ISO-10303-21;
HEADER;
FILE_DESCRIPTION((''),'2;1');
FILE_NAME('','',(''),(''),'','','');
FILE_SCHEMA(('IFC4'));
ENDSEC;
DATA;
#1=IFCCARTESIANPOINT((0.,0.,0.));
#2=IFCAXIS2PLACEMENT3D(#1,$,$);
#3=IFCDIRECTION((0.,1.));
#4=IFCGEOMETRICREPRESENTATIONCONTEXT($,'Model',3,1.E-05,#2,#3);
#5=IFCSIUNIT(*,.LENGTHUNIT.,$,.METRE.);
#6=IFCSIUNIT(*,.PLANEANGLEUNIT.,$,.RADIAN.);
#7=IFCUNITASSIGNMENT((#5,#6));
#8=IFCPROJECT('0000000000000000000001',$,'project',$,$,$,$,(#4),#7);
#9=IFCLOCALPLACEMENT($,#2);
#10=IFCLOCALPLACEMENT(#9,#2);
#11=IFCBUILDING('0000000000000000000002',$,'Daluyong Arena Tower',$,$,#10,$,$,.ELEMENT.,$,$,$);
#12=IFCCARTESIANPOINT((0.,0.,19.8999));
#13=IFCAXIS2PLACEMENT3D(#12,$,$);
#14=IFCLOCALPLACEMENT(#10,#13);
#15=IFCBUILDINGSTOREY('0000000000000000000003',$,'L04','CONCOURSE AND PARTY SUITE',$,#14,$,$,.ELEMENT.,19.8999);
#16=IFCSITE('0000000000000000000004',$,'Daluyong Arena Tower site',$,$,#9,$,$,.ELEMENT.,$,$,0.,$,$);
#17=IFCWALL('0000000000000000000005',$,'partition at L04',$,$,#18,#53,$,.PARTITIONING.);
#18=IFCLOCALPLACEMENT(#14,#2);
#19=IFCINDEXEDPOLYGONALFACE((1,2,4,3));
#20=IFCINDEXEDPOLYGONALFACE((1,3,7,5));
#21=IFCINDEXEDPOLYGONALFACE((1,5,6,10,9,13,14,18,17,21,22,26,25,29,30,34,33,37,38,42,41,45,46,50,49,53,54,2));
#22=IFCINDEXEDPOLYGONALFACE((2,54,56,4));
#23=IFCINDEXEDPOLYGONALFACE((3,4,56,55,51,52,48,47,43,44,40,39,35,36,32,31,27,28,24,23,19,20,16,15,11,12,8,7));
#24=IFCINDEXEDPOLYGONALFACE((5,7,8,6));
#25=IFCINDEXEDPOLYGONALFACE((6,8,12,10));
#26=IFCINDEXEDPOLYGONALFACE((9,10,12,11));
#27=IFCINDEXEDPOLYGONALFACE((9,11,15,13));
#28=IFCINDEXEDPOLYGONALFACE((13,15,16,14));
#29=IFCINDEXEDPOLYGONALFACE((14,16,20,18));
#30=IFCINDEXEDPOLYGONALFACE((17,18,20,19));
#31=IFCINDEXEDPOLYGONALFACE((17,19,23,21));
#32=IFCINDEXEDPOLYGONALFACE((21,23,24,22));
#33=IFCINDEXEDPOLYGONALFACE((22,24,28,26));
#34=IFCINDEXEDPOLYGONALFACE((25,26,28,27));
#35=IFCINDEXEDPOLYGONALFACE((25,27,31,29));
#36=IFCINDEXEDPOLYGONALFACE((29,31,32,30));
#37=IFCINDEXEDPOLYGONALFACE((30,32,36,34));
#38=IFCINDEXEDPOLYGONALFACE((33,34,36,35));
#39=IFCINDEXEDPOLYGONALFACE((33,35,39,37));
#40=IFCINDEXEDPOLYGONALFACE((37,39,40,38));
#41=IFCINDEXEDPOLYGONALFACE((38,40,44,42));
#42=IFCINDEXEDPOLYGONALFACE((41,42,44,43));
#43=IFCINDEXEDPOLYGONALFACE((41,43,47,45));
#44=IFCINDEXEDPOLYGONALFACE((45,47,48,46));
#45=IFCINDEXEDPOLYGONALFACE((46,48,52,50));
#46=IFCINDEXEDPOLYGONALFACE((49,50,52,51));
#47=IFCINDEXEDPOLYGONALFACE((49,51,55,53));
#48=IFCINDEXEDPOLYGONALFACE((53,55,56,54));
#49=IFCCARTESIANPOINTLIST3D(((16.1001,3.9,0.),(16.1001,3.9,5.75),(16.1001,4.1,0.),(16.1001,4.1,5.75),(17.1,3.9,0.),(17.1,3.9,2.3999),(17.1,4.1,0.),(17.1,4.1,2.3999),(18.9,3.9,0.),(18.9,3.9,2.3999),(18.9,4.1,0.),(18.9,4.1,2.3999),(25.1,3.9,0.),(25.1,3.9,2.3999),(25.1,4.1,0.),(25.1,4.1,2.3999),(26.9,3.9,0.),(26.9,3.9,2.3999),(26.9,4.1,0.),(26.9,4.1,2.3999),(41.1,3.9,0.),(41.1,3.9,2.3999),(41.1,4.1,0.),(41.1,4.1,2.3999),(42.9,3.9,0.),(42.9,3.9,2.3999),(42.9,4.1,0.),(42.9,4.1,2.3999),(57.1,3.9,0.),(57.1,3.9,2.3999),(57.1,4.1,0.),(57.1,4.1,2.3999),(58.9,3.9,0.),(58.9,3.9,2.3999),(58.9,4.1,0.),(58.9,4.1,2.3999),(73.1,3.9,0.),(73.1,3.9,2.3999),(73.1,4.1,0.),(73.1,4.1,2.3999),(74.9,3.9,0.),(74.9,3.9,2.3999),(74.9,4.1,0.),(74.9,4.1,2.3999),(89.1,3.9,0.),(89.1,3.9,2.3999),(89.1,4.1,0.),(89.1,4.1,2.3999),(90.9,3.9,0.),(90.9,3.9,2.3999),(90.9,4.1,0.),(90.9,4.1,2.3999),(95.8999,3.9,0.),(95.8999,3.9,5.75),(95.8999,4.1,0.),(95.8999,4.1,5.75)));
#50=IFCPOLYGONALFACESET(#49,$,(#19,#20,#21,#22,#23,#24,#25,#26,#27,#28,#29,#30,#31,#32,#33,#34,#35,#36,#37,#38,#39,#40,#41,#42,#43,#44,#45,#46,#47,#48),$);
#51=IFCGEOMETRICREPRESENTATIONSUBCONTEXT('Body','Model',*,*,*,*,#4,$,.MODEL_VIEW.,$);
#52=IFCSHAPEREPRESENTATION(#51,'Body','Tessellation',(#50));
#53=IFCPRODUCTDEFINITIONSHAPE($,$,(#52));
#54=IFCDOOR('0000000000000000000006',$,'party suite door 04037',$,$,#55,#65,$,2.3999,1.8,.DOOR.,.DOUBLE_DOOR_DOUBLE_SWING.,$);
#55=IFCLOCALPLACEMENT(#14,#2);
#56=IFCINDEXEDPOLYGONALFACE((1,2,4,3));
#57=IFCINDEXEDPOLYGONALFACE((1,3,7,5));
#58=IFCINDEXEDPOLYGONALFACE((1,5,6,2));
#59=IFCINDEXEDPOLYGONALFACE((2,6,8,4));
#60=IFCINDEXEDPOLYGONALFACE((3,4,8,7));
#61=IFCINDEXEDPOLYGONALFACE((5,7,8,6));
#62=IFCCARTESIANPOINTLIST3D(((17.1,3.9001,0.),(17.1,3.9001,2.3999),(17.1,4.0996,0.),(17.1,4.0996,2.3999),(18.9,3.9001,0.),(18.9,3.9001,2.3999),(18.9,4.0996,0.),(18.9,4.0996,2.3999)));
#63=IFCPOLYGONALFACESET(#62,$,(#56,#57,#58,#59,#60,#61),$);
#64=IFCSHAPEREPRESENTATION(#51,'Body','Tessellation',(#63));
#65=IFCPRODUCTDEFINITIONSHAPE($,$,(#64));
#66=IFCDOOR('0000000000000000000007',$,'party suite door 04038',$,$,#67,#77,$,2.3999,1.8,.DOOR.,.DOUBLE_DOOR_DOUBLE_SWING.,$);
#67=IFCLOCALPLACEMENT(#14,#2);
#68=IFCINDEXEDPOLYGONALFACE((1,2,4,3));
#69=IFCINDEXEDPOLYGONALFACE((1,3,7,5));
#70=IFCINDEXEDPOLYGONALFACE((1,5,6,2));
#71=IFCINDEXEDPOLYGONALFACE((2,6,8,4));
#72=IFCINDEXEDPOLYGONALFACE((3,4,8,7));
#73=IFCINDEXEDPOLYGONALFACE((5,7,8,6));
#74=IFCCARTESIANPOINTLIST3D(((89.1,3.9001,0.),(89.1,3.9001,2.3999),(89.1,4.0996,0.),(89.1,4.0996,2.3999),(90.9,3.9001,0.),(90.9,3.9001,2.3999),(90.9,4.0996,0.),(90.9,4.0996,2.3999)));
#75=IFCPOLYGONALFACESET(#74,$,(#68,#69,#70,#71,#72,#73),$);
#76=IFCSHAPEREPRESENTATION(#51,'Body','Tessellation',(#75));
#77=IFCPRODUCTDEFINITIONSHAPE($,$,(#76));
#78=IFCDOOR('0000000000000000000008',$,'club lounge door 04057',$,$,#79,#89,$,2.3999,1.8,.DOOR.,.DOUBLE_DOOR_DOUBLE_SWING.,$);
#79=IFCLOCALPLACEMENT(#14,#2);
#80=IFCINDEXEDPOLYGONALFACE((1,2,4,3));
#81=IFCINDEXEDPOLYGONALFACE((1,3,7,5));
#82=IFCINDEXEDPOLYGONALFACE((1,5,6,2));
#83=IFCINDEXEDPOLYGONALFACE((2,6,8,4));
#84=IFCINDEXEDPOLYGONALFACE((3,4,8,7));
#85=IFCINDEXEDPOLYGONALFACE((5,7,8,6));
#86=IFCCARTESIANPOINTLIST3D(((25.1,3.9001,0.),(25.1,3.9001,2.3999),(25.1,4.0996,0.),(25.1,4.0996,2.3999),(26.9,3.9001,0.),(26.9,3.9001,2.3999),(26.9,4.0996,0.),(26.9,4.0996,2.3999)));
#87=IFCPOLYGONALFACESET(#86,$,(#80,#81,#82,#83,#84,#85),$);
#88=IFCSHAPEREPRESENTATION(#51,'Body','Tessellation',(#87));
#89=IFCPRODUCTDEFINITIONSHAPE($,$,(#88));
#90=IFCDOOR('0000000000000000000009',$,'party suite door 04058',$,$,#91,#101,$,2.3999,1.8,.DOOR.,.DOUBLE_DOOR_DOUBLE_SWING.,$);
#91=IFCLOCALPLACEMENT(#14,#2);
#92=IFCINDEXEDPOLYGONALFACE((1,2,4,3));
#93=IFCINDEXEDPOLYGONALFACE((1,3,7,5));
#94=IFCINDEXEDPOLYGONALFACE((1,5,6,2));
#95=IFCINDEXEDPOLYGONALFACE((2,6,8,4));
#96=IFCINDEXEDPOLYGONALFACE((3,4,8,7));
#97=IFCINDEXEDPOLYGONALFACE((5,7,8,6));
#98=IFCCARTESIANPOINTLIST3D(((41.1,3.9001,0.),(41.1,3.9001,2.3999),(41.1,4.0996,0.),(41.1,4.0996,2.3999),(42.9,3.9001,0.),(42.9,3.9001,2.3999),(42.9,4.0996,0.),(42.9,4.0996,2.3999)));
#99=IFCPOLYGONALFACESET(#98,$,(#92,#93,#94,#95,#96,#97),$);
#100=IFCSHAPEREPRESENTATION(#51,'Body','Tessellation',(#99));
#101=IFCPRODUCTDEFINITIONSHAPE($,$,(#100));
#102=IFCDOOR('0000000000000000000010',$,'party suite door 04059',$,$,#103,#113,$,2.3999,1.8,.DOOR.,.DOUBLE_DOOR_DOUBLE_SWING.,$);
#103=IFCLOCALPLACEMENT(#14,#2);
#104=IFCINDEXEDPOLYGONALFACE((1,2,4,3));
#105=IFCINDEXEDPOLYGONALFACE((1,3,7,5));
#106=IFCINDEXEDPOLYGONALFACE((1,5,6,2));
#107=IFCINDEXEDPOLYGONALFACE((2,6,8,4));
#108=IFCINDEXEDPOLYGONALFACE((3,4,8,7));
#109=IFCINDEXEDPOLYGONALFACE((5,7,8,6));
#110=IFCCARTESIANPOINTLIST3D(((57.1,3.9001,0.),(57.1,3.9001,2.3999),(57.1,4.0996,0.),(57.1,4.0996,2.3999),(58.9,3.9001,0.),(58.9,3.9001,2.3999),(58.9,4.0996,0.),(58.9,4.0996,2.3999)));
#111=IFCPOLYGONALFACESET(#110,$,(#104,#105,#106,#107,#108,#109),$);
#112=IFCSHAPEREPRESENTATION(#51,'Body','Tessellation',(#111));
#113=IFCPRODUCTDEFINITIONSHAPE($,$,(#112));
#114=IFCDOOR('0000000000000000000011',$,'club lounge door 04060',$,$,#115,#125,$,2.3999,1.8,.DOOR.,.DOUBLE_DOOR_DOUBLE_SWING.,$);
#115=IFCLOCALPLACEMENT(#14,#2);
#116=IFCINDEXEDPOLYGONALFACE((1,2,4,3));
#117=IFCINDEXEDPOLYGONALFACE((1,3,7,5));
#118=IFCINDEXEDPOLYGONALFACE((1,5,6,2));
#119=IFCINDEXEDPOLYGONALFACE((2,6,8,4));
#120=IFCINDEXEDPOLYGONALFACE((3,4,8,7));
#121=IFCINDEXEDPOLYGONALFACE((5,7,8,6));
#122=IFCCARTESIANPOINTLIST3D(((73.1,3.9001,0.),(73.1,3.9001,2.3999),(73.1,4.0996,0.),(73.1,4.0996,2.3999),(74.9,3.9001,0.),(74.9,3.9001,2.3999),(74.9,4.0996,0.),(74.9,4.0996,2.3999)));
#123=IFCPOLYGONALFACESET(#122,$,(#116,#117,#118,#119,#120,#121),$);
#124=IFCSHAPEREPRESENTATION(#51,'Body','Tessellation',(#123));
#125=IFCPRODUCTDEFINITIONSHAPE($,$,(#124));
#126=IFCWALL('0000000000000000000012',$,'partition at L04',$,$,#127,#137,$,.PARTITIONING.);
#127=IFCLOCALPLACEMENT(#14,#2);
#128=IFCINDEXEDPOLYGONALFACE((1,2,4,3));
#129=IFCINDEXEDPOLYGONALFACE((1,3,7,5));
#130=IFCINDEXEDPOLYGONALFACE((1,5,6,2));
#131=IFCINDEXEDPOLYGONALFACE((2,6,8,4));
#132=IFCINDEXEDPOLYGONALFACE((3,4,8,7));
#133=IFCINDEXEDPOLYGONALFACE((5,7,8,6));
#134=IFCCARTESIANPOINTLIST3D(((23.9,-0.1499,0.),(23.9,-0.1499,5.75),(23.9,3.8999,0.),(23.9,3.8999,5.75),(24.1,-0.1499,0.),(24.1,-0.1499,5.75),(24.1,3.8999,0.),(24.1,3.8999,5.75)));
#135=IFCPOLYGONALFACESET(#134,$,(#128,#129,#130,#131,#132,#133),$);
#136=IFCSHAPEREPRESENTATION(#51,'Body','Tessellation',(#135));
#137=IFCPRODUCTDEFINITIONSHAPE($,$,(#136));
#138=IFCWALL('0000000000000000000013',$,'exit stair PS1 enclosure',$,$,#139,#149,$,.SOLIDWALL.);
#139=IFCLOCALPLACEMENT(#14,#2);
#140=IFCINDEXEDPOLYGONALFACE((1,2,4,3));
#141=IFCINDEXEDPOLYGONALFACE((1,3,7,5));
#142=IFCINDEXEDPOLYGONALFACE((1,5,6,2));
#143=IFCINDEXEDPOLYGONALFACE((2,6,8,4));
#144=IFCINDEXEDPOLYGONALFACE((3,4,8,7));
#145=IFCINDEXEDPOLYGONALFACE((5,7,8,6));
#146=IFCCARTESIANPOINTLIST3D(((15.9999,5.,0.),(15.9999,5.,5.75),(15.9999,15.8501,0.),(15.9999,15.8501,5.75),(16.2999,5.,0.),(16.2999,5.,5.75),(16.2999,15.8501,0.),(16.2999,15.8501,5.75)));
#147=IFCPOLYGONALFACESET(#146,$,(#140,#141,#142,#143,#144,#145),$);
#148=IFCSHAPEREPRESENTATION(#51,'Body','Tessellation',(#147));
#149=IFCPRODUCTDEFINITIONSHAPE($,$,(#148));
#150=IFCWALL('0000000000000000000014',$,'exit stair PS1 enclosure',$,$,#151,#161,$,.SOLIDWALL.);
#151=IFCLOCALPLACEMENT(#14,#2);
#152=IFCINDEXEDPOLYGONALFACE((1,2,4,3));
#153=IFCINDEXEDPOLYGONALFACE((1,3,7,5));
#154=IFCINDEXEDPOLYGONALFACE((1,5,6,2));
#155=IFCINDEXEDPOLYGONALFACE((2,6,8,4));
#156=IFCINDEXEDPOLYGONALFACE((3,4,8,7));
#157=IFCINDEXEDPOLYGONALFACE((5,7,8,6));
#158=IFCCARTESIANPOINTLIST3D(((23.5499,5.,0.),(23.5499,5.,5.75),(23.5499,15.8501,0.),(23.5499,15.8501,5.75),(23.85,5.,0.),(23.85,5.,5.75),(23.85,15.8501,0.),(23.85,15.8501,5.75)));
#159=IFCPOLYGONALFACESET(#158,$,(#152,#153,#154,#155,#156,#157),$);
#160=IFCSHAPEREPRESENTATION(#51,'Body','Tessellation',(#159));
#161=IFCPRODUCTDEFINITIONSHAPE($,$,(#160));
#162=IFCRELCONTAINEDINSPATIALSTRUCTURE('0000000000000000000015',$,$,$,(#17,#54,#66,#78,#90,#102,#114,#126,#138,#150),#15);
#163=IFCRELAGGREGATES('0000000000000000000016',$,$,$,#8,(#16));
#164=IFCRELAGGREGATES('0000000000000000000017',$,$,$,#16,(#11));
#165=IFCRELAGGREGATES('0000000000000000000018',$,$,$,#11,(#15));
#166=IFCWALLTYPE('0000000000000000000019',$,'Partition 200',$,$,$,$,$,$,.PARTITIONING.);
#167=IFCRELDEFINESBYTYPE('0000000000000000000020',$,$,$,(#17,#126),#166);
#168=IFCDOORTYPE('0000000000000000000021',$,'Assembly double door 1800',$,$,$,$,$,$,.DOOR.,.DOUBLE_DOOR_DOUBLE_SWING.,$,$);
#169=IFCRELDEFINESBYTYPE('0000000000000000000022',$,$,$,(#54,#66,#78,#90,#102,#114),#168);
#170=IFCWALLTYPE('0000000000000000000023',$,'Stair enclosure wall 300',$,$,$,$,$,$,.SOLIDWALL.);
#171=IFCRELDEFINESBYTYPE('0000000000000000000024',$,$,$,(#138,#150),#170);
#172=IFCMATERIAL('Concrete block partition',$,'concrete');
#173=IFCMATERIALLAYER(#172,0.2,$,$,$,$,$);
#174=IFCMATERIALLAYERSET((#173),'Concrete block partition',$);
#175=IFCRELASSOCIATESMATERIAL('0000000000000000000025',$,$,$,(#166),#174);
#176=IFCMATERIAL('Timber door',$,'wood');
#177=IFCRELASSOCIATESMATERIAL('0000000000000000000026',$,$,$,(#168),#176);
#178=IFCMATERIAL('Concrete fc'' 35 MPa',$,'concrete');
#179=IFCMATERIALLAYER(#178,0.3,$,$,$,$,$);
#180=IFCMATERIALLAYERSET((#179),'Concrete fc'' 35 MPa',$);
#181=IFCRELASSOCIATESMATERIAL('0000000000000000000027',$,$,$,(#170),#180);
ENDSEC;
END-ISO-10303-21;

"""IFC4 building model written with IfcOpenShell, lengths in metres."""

from ifc_helpers import new_model, si_unit, direction, frame, frame_2d, origin, place, context, subcontext, project, spatial, rectangle, extrude, material, layer, layer_set, type_object, element, fill, save


model = new_model("IFC4")

# Units and contexts
model_context = context("Model", 3, precision=1e-05, world=origin(), true_north=direction((0.0, 1.0)))
body_context = subcontext(model_context, "Body", "Model", "MODEL_VIEW")
ifc_project = project(units=[si_unit("LENGTHUNIT", "METRE"), si_unit("PLANEANGLEUNIT", "RADIAN")], contexts=[model_context])

# Site, building, storey
site_placement = place(None, origin())
site = spatial("IfcSite", under=ifc_project, at=site_placement, Name="Daluyong Arena Tower site", CompositionType="ELEMENT", RefElevation=0.0)
building_placement = place(site_placement, origin())
building = spatial("IfcBuilding", under=site, at=building_placement, Name="Daluyong Arena Tower", CompositionType="ELEMENT")
storey_placement = place(building_placement, frame((0.0, 0.0, 19.8999)))
storey = spatial("IfcBuildingStorey", under=building, at=storey_placement, Name="L04", Description="CONCOURSE AND PARTY SUITE", CompositionType="ELEMENT", Elevation=19.8999)

# Wall, openings, doors
ifc_material_1 = material(Name="Concrete block partition", Category="concrete")
ifc_layer_1 = layer(ifc_material_1, 0.2)
ifc_layer_set_1 = layer_set([ifc_layer_1], Name="Concrete block partition")
wall_type_1 = type_object("IfcWallType", Name="Partition 200", PredefinedType="PARTITIONING", material=ifc_layer_set_1)
wall_1_placement = place(storey_placement, frame((16.1001, 4.0, 0.0), z_axis=(0.0, 0.0, 1.0), x_axis=(1.0, 0.0, 0.0)))
wall_1 = element("IfcWall", 1, at=wall_1_placement, inside=storey, type_object=wall_type_1, Name="partition at L04", PredefinedType="PARTITIONING", context=body_context, shape_type="SweptSolid", body=[
    extrude(rectangle(XDim=79.7998, YDim=0.2, at=frame_2d((39.8999, 0.0))), origin(), (0.0, 0.0, 1.0), 5.75),
])
opening_1_placement = place(wall_1_placement, frame((1.0, 0.0, 0.0)))
opening_1 = element("IfcOpeningElement", 2, at=opening_1_placement, cuts=wall_1, PredefinedType="OPENING", context=body_context, shape_type="SweptSolid", body=[
    extrude(rectangle(XDim=1.8, YDim=2.3999, at=frame_2d((0.8999, 1.2))), frame((0.0, 0.1099, 0.0), z_axis=(0.0, -1.0, 0.0), x_axis=(1.0, 0.0, 0.0)), (0.0, 0.0, 1.0), 0.22),
])
opening_2_placement = place(wall_1_placement, frame((73.0, 0.0, 0.0)))
opening_2 = element("IfcOpeningElement", 3, at=opening_2_placement, cuts=wall_1, PredefinedType="OPENING", context=body_context, shape_type="SweptSolid", body=[
    extrude(rectangle(XDim=1.8, YDim=2.3999, at=frame_2d((0.8999, 1.2))), frame((0.0, 0.1099, 0.0), z_axis=(0.0, -1.0, 0.0), x_axis=(1.0, 0.0, 0.0)), (0.0, 0.0, 1.0), 0.22),
])
opening_3_placement = place(wall_1_placement, frame((9.0, 0.0, 0.0)))
opening_3 = element("IfcOpeningElement", 4, at=opening_3_placement, cuts=wall_1, PredefinedType="OPENING", context=body_context, shape_type="SweptSolid", body=[
    extrude(rectangle(XDim=1.8, YDim=2.3999, at=frame_2d((0.8999, 1.2))), frame((0.0, 0.1099, 0.0), z_axis=(0.0, -1.0, 0.0), x_axis=(1.0, 0.0, 0.0)), (0.0, 0.0, 1.0), 0.22),
])
opening_4_placement = place(wall_1_placement, frame((25.0, 0.0, 0.0)))
opening_4 = element("IfcOpeningElement", 5, at=opening_4_placement, cuts=wall_1, PredefinedType="OPENING", context=body_context, shape_type="SweptSolid", body=[
    extrude(rectangle(XDim=1.8, YDim=2.3999, at=frame_2d((0.8999, 1.2))), frame((0.0, 0.1099, 0.0), z_axis=(0.0, -1.0, 0.0), x_axis=(1.0, 0.0, 0.0)), (0.0, 0.0, 1.0), 0.22),
])
opening_5_placement = place(wall_1_placement, frame((41.0, 0.0, 0.0)))
opening_5 = element("IfcOpeningElement", 6, at=opening_5_placement, cuts=wall_1, PredefinedType="OPENING", context=body_context, shape_type="SweptSolid", body=[
    extrude(rectangle(XDim=1.8, YDim=2.3999, at=frame_2d((0.8999, 1.2))), frame((0.0, 0.1099, 0.0), z_axis=(0.0, -1.0, 0.0), x_axis=(1.0, 0.0, 0.0)), (0.0, 0.0, 1.0), 0.22),
])
opening_6_placement = place(wall_1_placement, frame((57.0, 0.0, 0.0)))
opening_6 = element("IfcOpeningElement", 7, at=opening_6_placement, cuts=wall_1, PredefinedType="OPENING", context=body_context, shape_type="SweptSolid", body=[
    extrude(rectangle(XDim=1.8, YDim=2.3999, at=frame_2d((0.8999, 1.2))), frame((0.0, 0.1099, 0.0), z_axis=(0.0, -1.0, 0.0), x_axis=(1.0, 0.0, 0.0)), (0.0, 0.0, 1.0), 0.22),
])
ifc_material_2 = material(Name="Timber door", Category="wood")
door_type_1 = type_object("IfcDoorType", Name="Assembly double door 1800", OperationType="DOUBLE_DOOR_DOUBLE_SWING", PredefinedType="DOOR", material=ifc_material_2)
door_1_placement = place(opening_1_placement, origin())
door_1 = element("IfcDoor", 8, at=door_1_placement, inside=storey, type_object=door_type_1, Name="party suite door 04037", OperationType="DOUBLE_DOOR_DOUBLE_SWING", OverallHeight=2.3999, OverallWidth=1.8, PredefinedType="DOOR", context=body_context, shape_type="SweptSolid", body=[
    extrude(rectangle(XDim=1.8, YDim=2.3999, at=frame_2d((0.8999, 1.2))), frame((0.0, 0.0996, 0.0), z_axis=(0.0, -1.0, 0.0), x_axis=(1.0, 0.0, 0.0)), (0.0, 0.0, 1.0), 0.1995),
])
fill(opening_1, door_1)
door_2_placement = place(opening_2_placement, origin())
door_2 = element("IfcDoor", 9, at=door_2_placement, inside=storey, type_object=door_type_1, Name="party suite door 04038", OperationType="DOUBLE_DOOR_DOUBLE_SWING", OverallHeight=2.3999, OverallWidth=1.8, PredefinedType="DOOR", context=body_context, shape_type="SweptSolid", body=[
    extrude(rectangle(XDim=1.8, YDim=2.3999, at=frame_2d((0.8999, 1.2))), frame((0.0, 0.0996, 0.0), z_axis=(0.0, -1.0, 0.0), x_axis=(1.0, 0.0, 0.0)), (0.0, 0.0, 1.0), 0.1995),
])
fill(opening_2, door_2)
door_3_placement = place(opening_3_placement, origin())
door_3 = element("IfcDoor", 10, at=door_3_placement, inside=storey, type_object=door_type_1, Name="club lounge door 04057", OperationType="DOUBLE_DOOR_DOUBLE_SWING", OverallHeight=2.3999, OverallWidth=1.8, PredefinedType="DOOR", context=body_context, shape_type="SweptSolid", body=[
    extrude(rectangle(XDim=1.8, YDim=2.3999, at=frame_2d((0.8999, 1.2))), frame((0.0, 0.0996, 0.0), z_axis=(0.0, -1.0, 0.0), x_axis=(1.0, 0.0, 0.0)), (0.0, 0.0, 1.0), 0.1995),
])
fill(opening_3, door_3)
door_4_placement = place(opening_4_placement, origin())
door_4 = element("IfcDoor", 11, at=door_4_placement, inside=storey, type_object=door_type_1, Name="party suite door 04058", OperationType="DOUBLE_DOOR_DOUBLE_SWING", OverallHeight=2.3999, OverallWidth=1.8, PredefinedType="DOOR", context=body_context, shape_type="SweptSolid", body=[
    extrude(rectangle(XDim=1.8, YDim=2.3999, at=frame_2d((0.8999, 1.2))), frame((0.0, 0.0996, 0.0), z_axis=(0.0, -1.0, 0.0), x_axis=(1.0, 0.0, 0.0)), (0.0, 0.0, 1.0), 0.1995),
])
fill(opening_4, door_4)
door_5_placement = place(opening_5_placement, origin())
door_5 = element("IfcDoor", 12, at=door_5_placement, inside=storey, type_object=door_type_1, Name="party suite door 04059", OperationType="DOUBLE_DOOR_DOUBLE_SWING", OverallHeight=2.3999, OverallWidth=1.8, PredefinedType="DOOR", context=body_context, shape_type="SweptSolid", body=[
    extrude(rectangle(XDim=1.8, YDim=2.3999, at=frame_2d((0.8999, 1.2))), frame((0.0, 0.0996, 0.0), z_axis=(0.0, -1.0, 0.0), x_axis=(1.0, 0.0, 0.0)), (0.0, 0.0, 1.0), 0.1995),
])
fill(opening_5, door_5)
door_6_placement = place(opening_6_placement, origin())
door_6 = element("IfcDoor", 13, at=door_6_placement, inside=storey, type_object=door_type_1, Name="club lounge door 04060", OperationType="DOUBLE_DOOR_DOUBLE_SWING", OverallHeight=2.3999, OverallWidth=1.8, PredefinedType="DOOR", context=body_context, shape_type="SweptSolid", body=[
    extrude(rectangle(XDim=1.8, YDim=2.3999, at=frame_2d((0.8999, 1.2))), frame((0.0, 0.0996, 0.0), z_axis=(0.0, -1.0, 0.0), x_axis=(1.0, 0.0, 0.0)), (0.0, 0.0, 1.0), 0.1995),
])
fill(opening_6, door_6)

# Walls
wall_2_placement = place(storey_placement, frame((24.0, -0.1499, 0.0), z_axis=(0.0, 0.0, 1.0), x_axis=(0.0, 1.0, 0.0)))
element("IfcWall", 14, at=wall_2_placement, inside=storey, type_object=wall_type_1, Name="partition at L04", PredefinedType="PARTITIONING", context=body_context, shape_type="SweptSolid", body=[
    extrude(rectangle(XDim=4.0498, YDim=0.2, at=frame_2d((2.0249, 0.0))), origin(), (0.0, 0.0, 1.0), 5.75),
])
ifc_material_3 = material(Name="Concrete fc' 35 MPa", Category="concrete")
ifc_layer_2 = layer(ifc_material_3, 0.3)
ifc_layer_set_2 = layer_set([ifc_layer_2], Name="Concrete fc' 35 MPa")
wall_type_2 = type_object("IfcWallType", Name="Stair enclosure wall 300", PredefinedType="SOLIDWALL", material=ifc_layer_set_2)
for number, where, z_axis, x_axis, name in (
    (15, (16.1499, 5.0, 0.0), (0.0, 0.0, 1.0), (0.0, 1.0, 0.0), "exit stair PS1 enclosure"),
    (16, (23.7, 5.0, 0.0), (0.0, 0.0, 1.0), (0.0, 1.0, 0.0), "exit stair PS1 enclosure"),
):
    element("IfcWall", number, at=place(storey_placement, frame(where, z_axis=z_axis, x_axis=x_axis)), inside=storey, type_object=wall_type_2, Name=name, PredefinedType="SOLIDWALL", context=body_context, shape_type="SweptSolid", body=[
        extrude(rectangle(XDim=10.8501, YDim=0.3, at=frame_2d((5.425, 0.0))), origin(), (0.0, 0.0, 1.0), 5.75),
    ])

save(model, "model.ifc")
